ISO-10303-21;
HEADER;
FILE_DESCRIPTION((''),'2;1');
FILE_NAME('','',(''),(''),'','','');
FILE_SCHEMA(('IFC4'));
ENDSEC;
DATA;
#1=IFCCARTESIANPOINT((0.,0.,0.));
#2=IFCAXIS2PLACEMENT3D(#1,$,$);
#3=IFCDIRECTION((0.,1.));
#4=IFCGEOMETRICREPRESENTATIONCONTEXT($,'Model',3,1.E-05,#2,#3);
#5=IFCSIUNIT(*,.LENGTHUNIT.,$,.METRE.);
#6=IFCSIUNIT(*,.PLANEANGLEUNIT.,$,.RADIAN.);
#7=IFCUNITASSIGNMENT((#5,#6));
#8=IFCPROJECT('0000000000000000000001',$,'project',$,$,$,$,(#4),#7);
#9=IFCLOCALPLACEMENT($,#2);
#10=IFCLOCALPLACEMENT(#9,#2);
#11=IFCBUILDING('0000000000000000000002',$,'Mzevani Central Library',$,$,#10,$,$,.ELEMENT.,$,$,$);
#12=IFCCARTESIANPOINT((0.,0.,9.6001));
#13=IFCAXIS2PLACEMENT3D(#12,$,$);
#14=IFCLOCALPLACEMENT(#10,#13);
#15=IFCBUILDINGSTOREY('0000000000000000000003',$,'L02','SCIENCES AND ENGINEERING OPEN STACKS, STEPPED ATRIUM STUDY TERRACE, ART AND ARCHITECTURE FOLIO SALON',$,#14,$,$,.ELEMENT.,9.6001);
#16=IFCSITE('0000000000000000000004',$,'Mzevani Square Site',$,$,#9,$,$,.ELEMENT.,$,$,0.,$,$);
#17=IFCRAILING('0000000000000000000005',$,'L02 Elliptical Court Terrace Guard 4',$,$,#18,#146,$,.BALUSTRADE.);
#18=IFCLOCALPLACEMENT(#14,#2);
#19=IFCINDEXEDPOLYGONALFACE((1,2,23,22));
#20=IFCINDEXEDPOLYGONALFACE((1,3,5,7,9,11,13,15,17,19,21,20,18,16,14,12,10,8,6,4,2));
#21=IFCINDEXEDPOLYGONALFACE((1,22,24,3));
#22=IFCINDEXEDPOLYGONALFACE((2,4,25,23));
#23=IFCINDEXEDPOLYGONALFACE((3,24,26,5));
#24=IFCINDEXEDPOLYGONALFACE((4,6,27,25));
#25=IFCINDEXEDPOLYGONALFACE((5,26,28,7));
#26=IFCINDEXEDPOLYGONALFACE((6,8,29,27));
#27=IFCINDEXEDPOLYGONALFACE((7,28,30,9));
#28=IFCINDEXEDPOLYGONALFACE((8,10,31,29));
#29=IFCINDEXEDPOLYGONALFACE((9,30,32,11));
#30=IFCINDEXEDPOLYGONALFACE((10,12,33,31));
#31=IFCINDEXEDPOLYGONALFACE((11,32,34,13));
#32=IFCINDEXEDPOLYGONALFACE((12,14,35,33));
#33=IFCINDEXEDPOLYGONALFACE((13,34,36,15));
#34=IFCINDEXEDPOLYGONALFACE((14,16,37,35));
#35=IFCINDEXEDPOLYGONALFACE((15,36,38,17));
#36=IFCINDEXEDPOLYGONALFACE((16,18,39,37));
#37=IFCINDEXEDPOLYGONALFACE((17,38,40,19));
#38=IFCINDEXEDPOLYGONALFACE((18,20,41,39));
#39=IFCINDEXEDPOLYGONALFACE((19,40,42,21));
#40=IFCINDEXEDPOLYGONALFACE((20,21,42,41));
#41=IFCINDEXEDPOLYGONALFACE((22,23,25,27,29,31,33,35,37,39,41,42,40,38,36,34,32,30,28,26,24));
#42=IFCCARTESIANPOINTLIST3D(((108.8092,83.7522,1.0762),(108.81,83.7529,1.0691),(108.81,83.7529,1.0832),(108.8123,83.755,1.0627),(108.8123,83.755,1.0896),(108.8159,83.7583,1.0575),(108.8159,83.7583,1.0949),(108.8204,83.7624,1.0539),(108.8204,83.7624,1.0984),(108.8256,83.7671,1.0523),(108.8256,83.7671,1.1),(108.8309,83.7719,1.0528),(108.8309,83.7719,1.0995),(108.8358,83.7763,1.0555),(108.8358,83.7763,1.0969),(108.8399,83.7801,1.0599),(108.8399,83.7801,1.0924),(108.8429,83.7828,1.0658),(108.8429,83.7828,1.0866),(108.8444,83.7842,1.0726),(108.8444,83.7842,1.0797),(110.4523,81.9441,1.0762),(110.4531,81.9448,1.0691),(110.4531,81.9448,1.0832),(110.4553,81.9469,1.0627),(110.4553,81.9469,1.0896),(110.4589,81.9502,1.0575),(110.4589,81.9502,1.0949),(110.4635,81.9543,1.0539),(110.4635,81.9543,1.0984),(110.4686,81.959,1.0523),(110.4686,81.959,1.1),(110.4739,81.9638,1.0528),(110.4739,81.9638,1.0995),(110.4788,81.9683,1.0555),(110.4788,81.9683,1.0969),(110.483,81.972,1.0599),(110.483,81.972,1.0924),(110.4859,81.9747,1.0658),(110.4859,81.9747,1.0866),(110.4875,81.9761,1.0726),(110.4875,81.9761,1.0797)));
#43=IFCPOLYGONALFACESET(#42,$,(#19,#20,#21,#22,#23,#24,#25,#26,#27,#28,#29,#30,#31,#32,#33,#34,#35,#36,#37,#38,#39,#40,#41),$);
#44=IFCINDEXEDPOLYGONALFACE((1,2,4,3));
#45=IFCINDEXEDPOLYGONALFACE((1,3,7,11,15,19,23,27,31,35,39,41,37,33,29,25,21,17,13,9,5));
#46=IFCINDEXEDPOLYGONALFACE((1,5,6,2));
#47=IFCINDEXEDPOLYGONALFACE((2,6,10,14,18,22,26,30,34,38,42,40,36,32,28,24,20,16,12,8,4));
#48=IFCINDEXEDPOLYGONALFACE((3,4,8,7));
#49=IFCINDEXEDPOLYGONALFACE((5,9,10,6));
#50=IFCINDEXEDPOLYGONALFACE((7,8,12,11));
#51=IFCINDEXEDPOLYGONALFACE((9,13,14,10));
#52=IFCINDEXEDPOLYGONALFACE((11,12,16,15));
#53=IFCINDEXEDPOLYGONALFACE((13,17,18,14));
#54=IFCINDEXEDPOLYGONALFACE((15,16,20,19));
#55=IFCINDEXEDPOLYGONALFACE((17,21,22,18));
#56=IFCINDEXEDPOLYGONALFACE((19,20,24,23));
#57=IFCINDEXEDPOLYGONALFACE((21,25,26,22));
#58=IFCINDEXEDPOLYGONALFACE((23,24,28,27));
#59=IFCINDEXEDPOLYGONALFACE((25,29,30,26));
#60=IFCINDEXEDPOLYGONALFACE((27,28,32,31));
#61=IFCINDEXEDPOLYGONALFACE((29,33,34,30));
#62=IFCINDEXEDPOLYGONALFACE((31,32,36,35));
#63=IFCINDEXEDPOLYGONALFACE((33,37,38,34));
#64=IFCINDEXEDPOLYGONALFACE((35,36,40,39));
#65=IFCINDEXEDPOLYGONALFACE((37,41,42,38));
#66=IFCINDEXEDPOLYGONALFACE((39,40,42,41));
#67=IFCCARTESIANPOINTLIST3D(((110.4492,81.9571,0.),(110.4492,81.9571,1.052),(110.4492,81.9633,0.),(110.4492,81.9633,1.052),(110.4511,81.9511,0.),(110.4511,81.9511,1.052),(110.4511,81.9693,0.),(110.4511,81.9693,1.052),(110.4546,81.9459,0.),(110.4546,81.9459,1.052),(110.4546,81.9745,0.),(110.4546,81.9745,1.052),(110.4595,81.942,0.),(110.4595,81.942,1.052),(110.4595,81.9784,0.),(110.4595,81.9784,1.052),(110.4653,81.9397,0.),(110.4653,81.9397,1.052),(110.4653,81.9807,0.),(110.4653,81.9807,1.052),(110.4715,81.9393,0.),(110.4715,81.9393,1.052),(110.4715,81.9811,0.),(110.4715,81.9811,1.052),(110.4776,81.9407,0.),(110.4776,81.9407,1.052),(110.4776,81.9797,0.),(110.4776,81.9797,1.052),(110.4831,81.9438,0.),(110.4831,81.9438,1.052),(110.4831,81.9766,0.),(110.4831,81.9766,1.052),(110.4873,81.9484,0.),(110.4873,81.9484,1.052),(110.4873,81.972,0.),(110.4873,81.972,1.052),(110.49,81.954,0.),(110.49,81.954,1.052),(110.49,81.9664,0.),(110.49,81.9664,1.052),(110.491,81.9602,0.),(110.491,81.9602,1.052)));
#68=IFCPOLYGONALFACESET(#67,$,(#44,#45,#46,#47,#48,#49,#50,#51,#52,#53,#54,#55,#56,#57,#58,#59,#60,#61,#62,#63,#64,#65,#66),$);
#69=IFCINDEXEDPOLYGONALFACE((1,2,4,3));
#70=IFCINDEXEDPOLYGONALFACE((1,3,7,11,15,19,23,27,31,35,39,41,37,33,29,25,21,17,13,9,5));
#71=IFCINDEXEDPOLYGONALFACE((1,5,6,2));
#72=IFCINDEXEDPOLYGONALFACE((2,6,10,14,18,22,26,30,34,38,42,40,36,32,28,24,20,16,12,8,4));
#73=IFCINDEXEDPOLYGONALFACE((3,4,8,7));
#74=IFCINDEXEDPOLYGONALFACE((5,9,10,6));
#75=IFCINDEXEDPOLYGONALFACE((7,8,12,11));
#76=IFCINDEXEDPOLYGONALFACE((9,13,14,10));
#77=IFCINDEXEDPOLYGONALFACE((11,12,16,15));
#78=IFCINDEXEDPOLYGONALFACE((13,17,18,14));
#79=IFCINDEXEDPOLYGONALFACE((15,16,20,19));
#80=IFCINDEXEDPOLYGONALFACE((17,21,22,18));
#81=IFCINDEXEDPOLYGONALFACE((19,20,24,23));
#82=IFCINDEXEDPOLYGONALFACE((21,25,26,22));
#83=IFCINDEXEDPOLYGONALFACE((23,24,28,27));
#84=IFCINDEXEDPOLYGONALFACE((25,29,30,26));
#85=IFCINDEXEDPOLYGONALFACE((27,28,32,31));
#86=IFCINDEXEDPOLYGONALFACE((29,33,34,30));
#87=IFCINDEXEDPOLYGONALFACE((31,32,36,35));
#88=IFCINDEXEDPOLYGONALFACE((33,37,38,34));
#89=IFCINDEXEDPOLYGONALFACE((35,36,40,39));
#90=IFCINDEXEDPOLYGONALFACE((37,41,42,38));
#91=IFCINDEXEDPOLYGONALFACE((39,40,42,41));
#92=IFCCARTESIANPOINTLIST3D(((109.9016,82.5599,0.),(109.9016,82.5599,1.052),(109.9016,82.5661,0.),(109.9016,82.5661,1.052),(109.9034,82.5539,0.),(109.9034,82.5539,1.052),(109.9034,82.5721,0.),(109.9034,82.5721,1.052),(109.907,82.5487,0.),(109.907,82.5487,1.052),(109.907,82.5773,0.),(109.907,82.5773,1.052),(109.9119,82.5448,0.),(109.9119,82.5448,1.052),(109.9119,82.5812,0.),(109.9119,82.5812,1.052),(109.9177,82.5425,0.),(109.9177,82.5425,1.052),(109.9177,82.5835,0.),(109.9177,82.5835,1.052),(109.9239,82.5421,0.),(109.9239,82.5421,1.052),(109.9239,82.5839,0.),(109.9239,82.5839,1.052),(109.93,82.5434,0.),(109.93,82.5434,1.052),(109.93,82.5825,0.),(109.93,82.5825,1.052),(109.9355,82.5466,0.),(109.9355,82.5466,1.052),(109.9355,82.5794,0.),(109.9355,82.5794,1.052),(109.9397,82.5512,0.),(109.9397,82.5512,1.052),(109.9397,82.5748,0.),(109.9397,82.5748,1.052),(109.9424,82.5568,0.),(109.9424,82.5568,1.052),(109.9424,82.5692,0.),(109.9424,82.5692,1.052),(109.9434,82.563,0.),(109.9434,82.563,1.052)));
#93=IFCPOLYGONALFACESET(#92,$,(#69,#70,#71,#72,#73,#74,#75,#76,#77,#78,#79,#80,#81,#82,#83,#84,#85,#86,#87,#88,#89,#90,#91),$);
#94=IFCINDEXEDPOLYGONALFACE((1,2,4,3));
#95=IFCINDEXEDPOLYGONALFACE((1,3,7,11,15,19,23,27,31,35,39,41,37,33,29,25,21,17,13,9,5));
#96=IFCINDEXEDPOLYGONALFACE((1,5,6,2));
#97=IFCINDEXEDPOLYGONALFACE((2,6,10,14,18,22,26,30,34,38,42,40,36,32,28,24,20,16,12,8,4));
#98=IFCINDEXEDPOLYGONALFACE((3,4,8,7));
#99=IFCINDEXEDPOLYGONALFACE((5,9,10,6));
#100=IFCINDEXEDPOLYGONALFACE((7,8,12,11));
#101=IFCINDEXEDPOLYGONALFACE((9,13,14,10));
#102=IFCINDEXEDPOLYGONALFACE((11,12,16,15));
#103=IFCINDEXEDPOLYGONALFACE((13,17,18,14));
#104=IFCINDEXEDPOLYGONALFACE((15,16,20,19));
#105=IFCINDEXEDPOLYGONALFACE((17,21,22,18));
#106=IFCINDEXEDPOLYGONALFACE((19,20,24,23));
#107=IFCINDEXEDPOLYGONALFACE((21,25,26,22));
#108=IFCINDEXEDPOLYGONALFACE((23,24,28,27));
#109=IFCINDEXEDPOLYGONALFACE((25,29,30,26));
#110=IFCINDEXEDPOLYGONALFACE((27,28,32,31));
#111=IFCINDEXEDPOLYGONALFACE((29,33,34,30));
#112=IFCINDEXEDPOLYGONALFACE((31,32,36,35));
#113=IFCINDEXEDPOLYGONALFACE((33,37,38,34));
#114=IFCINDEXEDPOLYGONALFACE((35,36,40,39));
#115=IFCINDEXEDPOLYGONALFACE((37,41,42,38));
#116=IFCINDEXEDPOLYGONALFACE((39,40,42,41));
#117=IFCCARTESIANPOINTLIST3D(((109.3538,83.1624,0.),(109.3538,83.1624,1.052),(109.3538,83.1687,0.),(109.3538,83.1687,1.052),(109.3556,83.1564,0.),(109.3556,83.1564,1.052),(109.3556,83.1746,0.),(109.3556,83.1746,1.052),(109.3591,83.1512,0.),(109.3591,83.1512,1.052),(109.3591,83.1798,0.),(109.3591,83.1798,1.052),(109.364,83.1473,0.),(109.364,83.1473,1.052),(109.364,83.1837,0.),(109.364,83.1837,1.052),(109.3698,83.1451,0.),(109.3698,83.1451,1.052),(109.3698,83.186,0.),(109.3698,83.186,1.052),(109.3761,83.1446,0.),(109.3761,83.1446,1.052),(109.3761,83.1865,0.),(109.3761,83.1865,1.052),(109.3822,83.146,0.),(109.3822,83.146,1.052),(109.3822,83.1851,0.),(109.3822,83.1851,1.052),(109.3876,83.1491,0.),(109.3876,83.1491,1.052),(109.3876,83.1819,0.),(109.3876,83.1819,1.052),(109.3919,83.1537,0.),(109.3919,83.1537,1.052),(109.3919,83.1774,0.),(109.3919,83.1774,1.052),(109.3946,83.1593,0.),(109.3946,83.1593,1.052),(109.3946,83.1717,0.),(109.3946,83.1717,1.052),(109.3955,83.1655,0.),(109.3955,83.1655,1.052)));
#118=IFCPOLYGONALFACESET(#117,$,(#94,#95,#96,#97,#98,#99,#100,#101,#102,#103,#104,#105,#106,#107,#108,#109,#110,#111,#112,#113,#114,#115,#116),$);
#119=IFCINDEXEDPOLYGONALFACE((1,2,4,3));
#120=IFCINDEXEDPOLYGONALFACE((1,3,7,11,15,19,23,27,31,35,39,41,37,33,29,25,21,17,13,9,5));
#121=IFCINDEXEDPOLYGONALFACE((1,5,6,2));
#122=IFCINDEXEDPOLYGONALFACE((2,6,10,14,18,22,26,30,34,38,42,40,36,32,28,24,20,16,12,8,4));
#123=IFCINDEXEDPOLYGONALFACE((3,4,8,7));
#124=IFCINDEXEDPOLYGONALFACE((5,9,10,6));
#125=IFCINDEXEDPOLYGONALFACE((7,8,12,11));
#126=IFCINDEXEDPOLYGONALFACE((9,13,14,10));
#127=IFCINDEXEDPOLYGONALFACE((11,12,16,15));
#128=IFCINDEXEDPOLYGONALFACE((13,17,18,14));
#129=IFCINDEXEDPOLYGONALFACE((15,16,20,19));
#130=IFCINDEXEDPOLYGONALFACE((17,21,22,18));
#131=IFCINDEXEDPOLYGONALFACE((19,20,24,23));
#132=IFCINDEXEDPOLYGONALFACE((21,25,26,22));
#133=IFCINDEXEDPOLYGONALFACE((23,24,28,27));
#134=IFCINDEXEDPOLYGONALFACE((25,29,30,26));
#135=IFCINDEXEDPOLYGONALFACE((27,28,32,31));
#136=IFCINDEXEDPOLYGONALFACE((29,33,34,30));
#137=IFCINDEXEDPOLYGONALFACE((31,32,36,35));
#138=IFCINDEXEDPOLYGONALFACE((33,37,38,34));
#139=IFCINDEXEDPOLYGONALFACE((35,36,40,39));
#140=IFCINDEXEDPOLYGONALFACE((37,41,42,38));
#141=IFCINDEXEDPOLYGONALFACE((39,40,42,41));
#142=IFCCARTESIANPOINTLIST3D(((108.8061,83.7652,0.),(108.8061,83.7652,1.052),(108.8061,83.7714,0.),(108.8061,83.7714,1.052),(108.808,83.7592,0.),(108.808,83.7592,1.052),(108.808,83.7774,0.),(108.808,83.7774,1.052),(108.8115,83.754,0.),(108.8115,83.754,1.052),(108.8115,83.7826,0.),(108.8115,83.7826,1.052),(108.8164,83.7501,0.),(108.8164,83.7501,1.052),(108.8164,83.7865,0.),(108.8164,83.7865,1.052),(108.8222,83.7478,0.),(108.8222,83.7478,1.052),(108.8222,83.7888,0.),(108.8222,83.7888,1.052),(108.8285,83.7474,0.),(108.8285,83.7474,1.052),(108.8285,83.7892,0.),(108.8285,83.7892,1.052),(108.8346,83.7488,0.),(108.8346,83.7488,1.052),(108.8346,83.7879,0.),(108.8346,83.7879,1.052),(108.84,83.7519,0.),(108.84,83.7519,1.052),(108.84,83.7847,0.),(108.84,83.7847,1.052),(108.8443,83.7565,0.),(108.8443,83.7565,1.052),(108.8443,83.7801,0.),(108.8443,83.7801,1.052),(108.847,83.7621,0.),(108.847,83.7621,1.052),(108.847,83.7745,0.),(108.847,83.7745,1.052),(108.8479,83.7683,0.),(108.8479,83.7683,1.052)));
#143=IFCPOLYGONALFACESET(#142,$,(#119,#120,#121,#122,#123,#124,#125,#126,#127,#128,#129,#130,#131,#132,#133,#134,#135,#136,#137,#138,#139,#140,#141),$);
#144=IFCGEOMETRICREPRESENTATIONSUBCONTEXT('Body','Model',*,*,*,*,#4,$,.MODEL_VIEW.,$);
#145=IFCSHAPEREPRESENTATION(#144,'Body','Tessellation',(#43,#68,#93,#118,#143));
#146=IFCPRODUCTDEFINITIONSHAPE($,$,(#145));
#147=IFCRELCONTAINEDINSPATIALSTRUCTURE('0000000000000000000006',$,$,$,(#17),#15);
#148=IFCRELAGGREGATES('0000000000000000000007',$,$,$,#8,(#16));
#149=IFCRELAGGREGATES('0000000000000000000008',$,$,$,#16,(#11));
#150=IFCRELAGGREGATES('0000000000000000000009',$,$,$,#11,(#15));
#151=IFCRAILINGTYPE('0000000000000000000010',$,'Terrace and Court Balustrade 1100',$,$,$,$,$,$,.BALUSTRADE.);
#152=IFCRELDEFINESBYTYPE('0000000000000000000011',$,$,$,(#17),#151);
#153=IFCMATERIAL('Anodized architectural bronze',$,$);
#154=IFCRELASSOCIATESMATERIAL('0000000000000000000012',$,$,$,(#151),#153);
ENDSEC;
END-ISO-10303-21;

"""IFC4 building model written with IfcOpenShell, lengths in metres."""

from ifc_helpers import new_model, si_unit, direction, frame, origin, origin_2d, place, context, subcontext, project, spatial, circle, extrude, material, type_object, element, save


model = new_model("IFC4")

# Units and contexts
model_context = context("Model", 3, precision=1e-05, world=origin(), true_north=direction((0.0, 1.0)))
body_context = subcontext(model_context, "Body", "Model", "MODEL_VIEW")
ifc_project = project(units=[si_unit("LENGTHUNIT", "METRE"), si_unit("PLANEANGLEUNIT", "RADIAN")], contexts=[model_context])

# Site, building, storey
site_placement = place(None, origin())
site = spatial("IfcSite", under=ifc_project, at=site_placement, Name="Mzevani Square Site", CompositionType="ELEMENT", RefElevation=0.0)
building_placement = place(site_placement, origin())
building = spatial("IfcBuilding", under=site, at=building_placement, Name="Mzevani Central Library", CompositionType="ELEMENT")
storey_placement = place(building_placement, frame((0.0, 0.0, 9.6001)))
storey = spatial("IfcBuildingStorey", under=building, at=storey_placement, Name="L02", Description="SCIENCES AND ENGINEERING OPEN STACKS, STEPPED ATRIUM STUDY TERRACE, ART AND ARCHITECTURE FOLIO SALON", CompositionType="ELEMENT", Elevation=9.6001)

# Railing
ifc_material_1 = material(Name="Anodized architectural bronze")
railing_type = type_object("IfcRailingType", Name="Terrace and Court Balustrade 1100", PredefinedType="BALUSTRADE", material=ifc_material_1)
railing_1_placement = place(storey_placement, frame((110.47, 81.9602, 0.0)))
element("IfcRailing", 1, at=railing_1_placement, inside=storey, type_object=railing_type, Name="L02 Elliptical Court Terrace Guard 4", PredefinedType="BALUSTRADE", context=body_context, shape_type="SweptSolid", body=[
    extrude(circle(Radius=0.0239, at=origin_2d()), frame((0.0, 0.0, 1.0762), z_axis=(-0.672524, 0.740076, 0.0), x_axis=(-0.740076, -0.672524, 0.0)), (0.0, 0.0, 1.0), 2.4431),
    extrude(circle(Radius=0.021, at=origin_2d()), origin(), (0.0, 0.0, 1.0), 1.052),
    extrude(circle(Radius=0.021, at=origin_2d()), frame((-0.5476, 0.6028, 0.0)), (0.0, 0.0, 1.0), 1.052),
    extrude(circle(Radius=0.021, at=origin_2d()), frame((-1.0955, 1.2053, 0.0)), (0.0, 0.0, 1.0), 1.052),
    extrude(circle(Radius=0.021, at=origin_2d()), frame((-1.6431, 1.8081, 0.0)), (0.0, 0.0, 1.0), 1.052),
])

save(model, "model.ifc")
